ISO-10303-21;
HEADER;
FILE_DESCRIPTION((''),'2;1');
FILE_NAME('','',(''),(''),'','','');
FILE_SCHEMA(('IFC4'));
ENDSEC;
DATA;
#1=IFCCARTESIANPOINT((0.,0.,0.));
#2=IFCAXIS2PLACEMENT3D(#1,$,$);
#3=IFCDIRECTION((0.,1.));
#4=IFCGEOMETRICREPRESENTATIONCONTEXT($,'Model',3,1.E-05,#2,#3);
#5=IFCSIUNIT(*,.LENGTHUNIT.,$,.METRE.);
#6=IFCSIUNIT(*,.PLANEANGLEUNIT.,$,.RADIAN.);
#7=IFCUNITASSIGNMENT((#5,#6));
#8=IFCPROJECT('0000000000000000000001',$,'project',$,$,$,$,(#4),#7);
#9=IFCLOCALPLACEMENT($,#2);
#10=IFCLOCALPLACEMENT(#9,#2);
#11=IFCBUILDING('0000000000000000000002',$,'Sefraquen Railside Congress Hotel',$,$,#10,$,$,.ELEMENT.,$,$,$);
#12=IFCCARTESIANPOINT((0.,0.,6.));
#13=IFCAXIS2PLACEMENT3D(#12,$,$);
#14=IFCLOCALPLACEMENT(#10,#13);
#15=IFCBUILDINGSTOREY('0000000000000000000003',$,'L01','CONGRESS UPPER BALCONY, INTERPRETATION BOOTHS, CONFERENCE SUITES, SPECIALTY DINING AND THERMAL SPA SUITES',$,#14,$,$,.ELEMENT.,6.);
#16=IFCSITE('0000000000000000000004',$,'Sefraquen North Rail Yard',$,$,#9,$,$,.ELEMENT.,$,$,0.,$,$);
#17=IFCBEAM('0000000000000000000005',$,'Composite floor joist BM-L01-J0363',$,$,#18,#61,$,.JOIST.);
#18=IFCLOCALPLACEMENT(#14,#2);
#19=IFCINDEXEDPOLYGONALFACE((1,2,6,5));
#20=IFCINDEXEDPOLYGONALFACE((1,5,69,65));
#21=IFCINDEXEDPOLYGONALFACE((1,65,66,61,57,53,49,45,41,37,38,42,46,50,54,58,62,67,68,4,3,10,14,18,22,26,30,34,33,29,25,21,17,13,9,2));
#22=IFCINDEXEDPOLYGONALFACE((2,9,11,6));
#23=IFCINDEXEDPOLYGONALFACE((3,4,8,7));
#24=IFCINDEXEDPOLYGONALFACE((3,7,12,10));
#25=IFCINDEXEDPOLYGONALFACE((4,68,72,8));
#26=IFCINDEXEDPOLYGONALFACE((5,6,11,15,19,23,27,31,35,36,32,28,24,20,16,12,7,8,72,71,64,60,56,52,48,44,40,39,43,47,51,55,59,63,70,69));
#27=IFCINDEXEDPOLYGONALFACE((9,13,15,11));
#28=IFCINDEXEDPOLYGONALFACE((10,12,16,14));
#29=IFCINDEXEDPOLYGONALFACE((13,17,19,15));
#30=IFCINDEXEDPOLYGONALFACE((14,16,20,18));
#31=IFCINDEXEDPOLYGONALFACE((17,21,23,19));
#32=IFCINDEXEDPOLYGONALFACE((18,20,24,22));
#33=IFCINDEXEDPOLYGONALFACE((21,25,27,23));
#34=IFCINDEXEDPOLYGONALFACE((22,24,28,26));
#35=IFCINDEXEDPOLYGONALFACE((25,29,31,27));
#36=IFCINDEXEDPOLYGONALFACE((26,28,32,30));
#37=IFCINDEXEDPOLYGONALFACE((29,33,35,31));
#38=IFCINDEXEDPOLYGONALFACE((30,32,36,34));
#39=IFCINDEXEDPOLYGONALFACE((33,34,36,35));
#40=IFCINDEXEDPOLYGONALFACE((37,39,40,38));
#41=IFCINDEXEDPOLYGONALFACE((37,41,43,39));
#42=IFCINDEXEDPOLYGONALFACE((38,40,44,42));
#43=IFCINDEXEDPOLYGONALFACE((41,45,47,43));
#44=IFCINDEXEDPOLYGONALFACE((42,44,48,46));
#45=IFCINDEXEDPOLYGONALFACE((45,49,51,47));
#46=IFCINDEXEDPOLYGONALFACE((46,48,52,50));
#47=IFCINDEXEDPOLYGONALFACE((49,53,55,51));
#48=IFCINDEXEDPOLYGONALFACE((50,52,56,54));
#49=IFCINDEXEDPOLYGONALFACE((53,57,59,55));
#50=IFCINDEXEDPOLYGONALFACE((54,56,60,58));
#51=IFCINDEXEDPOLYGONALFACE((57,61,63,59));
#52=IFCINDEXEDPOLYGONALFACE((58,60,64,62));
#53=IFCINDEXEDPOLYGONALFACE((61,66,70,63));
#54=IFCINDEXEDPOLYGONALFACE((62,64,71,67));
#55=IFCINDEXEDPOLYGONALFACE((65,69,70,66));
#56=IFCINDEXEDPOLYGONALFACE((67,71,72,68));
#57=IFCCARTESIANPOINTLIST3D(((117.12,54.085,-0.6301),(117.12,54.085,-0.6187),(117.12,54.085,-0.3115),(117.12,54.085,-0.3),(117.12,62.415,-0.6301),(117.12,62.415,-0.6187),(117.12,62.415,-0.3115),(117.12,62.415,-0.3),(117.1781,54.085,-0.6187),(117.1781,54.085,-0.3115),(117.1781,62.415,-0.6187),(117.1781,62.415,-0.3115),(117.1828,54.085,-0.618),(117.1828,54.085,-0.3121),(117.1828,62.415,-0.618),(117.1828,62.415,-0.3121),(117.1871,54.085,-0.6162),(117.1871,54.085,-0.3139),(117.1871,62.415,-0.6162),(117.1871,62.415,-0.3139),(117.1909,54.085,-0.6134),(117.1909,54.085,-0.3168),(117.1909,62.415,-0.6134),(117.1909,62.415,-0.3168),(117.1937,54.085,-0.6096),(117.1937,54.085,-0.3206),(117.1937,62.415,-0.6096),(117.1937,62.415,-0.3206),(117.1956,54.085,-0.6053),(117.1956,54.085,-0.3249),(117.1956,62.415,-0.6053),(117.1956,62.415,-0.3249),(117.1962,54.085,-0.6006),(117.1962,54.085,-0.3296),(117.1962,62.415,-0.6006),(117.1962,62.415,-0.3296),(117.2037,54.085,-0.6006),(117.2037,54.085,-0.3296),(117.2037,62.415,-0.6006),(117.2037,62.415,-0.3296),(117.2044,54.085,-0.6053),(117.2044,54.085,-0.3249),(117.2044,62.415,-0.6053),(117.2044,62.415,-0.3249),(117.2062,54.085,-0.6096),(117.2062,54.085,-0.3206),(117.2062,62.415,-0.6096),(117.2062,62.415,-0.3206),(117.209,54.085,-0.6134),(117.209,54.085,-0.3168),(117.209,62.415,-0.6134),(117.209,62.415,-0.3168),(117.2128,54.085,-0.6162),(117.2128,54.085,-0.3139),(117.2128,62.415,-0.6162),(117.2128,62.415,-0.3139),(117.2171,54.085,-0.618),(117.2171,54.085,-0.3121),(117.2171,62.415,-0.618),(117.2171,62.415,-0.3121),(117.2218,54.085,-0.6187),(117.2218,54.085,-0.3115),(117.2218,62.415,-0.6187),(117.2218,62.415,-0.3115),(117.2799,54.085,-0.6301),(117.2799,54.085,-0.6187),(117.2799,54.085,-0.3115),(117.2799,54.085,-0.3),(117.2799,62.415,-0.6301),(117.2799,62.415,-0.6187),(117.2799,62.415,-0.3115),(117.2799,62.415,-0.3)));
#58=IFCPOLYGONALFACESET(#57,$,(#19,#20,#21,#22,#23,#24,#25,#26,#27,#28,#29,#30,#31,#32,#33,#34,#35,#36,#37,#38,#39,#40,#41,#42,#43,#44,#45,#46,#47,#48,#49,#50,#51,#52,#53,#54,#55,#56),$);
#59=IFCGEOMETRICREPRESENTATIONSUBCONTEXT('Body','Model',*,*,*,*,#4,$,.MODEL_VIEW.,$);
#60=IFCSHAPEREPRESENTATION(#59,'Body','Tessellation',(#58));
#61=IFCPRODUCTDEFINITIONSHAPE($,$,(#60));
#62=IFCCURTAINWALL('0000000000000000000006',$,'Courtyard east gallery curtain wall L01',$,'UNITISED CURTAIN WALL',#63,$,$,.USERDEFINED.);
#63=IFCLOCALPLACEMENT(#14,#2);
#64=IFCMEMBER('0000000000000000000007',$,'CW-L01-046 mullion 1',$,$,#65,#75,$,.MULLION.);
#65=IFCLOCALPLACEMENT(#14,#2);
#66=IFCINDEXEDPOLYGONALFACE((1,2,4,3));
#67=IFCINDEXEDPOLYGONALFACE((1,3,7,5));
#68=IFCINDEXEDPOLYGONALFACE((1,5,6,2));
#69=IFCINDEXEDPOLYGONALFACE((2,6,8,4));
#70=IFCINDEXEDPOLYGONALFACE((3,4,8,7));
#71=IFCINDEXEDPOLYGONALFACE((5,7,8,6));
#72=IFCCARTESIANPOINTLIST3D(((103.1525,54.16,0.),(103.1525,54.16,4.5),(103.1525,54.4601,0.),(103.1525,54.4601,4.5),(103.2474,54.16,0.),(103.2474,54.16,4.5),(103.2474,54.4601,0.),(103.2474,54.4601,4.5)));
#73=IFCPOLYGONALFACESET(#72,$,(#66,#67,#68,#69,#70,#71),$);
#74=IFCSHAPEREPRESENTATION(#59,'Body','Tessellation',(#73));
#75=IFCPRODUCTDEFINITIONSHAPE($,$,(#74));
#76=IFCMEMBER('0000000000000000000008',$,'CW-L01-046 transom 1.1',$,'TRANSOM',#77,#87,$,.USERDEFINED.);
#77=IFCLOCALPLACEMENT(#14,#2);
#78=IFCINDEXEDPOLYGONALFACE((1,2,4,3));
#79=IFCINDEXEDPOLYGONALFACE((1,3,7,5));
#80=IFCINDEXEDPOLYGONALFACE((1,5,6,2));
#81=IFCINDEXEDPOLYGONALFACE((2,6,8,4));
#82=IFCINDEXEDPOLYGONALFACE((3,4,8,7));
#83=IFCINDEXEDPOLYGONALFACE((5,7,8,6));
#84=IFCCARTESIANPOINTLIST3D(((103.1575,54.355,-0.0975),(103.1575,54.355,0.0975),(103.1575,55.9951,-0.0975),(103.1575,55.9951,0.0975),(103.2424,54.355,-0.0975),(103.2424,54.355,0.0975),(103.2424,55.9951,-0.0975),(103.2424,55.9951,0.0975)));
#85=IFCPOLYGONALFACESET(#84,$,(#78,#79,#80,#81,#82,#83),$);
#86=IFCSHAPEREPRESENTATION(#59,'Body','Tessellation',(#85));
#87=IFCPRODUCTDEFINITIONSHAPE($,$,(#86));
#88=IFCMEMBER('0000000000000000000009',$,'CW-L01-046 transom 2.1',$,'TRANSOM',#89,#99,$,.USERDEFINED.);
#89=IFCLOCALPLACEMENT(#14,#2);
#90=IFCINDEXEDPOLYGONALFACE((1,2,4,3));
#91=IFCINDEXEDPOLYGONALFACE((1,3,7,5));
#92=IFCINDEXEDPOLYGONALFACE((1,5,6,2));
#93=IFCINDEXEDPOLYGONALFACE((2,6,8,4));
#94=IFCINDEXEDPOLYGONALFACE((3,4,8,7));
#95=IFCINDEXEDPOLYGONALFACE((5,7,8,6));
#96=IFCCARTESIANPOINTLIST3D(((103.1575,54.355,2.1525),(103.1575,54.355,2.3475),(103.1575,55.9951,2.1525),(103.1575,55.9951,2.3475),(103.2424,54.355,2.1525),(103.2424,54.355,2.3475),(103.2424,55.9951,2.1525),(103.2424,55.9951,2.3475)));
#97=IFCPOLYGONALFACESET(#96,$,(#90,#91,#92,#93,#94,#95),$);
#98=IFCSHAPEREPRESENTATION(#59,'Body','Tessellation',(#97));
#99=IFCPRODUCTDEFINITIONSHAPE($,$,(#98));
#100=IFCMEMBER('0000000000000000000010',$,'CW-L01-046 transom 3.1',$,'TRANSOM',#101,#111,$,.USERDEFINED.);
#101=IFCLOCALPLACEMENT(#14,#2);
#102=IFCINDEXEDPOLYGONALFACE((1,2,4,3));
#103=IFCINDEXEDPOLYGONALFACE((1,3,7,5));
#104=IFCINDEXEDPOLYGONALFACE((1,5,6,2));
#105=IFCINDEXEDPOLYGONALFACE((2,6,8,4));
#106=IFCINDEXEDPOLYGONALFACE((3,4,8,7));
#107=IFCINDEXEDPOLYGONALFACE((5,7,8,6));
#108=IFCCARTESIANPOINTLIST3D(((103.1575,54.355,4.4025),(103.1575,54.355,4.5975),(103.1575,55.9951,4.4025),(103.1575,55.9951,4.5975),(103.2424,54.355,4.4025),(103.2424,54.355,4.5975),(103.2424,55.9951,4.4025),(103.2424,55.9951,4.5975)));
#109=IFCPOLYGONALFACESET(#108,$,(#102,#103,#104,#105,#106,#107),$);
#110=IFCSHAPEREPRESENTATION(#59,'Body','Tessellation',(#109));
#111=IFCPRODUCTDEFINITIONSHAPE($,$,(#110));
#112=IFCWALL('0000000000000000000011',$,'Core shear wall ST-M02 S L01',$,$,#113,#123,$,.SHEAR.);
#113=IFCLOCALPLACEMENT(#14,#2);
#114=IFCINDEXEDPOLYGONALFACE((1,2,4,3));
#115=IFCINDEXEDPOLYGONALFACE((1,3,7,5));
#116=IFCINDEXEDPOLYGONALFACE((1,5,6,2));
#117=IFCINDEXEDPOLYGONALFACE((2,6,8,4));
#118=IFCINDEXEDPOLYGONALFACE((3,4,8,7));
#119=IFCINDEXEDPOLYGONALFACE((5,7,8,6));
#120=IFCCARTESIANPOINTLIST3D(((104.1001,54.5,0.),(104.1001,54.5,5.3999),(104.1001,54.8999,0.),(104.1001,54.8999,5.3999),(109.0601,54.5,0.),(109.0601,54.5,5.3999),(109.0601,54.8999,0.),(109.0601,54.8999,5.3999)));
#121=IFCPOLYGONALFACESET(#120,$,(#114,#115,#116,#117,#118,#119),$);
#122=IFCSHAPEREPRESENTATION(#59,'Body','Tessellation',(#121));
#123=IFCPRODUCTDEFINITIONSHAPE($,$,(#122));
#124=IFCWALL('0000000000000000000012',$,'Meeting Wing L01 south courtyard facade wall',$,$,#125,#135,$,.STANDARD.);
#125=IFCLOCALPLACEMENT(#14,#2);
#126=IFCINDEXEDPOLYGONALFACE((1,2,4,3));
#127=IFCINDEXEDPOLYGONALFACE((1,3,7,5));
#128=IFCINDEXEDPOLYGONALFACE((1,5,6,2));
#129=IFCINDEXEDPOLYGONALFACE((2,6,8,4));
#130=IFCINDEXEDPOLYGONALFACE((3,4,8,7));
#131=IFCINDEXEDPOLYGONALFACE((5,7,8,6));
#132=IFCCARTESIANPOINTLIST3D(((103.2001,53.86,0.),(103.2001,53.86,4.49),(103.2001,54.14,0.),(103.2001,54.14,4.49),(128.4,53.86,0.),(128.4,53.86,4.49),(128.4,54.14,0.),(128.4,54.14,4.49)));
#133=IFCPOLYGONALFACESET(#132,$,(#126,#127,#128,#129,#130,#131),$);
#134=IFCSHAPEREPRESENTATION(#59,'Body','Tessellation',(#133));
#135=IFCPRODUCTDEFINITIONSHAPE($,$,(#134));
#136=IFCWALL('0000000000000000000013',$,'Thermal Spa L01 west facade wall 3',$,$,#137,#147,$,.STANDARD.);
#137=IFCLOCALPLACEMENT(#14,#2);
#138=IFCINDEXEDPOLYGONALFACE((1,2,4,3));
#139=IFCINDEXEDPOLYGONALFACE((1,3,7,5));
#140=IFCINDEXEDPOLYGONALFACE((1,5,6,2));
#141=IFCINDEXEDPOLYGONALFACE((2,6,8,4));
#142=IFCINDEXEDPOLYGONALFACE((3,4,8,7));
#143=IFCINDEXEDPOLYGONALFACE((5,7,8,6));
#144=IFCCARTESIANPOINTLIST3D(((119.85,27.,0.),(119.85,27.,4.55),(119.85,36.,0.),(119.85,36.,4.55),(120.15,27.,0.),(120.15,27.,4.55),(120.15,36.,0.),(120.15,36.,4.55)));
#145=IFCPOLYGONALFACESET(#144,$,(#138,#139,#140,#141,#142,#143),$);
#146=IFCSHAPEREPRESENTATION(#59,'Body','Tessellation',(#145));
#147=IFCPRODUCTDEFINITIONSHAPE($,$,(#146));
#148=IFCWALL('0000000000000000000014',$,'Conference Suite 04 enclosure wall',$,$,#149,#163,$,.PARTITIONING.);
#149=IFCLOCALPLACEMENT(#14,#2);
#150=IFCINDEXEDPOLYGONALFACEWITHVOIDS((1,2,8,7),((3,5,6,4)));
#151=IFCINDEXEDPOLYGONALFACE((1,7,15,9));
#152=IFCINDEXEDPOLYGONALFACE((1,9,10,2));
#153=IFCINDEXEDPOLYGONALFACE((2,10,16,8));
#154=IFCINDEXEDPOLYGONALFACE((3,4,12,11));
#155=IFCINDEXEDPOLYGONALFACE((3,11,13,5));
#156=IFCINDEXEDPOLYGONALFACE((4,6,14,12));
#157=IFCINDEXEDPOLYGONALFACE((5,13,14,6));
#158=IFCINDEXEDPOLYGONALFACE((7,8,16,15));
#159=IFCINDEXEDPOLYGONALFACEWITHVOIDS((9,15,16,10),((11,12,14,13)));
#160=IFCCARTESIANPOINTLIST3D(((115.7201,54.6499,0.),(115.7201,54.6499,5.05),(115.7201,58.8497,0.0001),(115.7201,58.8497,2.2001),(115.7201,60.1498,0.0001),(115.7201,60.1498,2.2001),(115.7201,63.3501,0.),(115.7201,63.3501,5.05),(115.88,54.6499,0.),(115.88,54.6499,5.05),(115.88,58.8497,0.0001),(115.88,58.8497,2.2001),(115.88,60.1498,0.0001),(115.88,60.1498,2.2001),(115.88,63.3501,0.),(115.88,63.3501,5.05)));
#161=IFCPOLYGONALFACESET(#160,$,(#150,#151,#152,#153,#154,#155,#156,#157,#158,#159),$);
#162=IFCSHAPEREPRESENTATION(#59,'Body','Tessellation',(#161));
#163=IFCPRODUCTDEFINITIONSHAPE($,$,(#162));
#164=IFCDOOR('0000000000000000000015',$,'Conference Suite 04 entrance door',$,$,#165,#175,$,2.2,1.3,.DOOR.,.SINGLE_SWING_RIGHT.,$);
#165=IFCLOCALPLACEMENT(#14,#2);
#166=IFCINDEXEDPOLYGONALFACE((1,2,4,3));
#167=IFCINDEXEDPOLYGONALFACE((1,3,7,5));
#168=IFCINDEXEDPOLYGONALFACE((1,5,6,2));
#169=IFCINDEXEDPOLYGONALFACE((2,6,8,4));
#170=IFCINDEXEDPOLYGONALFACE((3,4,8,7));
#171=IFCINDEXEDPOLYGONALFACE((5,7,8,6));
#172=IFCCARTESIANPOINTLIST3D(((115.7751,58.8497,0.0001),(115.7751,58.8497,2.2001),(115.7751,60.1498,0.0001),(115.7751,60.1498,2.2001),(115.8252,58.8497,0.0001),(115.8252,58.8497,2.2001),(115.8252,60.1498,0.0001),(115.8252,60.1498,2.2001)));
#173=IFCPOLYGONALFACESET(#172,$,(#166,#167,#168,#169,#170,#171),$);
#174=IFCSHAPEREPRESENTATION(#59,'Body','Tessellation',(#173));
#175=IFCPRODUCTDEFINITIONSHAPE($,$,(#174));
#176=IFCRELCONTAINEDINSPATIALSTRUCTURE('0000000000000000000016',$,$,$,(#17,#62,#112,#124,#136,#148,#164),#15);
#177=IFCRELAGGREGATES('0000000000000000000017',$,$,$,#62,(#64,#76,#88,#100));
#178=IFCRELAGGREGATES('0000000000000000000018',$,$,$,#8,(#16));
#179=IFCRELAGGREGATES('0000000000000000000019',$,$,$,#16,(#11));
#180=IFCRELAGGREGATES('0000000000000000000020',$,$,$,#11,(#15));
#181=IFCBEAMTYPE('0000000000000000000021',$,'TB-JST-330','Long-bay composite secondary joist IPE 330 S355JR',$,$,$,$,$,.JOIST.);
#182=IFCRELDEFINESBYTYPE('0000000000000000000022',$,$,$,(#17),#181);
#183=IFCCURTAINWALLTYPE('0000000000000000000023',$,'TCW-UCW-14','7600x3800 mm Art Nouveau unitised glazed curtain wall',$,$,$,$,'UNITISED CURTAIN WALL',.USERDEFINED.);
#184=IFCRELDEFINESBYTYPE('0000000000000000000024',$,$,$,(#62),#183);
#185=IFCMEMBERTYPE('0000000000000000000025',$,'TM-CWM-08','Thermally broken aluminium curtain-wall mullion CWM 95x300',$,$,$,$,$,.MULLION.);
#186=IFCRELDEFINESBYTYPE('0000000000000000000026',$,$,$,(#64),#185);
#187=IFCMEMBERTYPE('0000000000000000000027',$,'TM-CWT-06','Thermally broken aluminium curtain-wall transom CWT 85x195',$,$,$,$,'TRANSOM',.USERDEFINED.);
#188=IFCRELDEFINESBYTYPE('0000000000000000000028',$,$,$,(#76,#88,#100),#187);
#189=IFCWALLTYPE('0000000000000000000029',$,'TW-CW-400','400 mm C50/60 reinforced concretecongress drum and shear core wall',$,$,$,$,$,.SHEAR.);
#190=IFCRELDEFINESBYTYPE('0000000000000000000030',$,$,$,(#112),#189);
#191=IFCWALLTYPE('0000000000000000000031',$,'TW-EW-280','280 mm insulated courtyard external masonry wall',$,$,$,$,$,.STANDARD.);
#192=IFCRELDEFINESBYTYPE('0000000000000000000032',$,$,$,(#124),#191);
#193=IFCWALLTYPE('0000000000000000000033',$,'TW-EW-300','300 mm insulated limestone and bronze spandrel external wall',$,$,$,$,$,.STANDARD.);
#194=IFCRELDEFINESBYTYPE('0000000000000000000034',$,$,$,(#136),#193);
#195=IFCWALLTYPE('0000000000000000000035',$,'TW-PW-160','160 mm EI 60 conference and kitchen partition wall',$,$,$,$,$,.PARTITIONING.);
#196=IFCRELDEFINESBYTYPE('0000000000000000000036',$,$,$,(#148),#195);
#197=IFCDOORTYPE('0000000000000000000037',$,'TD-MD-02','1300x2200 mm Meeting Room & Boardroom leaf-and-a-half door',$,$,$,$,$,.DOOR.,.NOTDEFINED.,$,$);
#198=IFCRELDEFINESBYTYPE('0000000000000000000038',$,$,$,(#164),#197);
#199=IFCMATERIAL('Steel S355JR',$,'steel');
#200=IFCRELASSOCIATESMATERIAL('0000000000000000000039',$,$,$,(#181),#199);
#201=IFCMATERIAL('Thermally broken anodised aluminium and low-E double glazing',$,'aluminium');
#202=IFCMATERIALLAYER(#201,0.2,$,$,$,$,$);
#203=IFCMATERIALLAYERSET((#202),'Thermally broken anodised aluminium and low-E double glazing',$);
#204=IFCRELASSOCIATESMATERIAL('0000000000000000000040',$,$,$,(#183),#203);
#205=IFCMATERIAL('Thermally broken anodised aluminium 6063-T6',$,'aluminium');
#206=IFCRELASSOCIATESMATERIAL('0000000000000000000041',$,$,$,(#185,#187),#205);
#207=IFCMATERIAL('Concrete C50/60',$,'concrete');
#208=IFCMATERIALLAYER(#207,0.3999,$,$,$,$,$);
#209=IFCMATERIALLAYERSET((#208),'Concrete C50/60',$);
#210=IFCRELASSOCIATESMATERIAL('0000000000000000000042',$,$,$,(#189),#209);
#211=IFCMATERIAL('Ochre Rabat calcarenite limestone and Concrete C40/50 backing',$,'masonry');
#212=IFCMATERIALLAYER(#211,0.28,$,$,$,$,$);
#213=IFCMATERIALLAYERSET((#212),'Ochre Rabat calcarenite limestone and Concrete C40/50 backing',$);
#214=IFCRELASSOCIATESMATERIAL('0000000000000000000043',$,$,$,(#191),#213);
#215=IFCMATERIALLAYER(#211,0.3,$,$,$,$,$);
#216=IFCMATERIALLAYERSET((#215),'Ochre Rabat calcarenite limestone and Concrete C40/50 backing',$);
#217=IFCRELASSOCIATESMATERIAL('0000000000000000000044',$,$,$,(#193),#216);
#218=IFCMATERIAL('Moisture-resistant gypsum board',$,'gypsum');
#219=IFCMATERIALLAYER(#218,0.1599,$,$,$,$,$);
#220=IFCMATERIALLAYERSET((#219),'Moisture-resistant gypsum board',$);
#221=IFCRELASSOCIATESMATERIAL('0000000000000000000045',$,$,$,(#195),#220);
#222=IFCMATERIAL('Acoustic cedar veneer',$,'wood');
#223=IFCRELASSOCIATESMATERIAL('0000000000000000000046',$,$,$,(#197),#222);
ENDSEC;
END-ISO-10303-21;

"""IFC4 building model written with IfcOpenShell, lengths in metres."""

from ifc_helpers import new_model, si_unit, direction, frame, frame_2d, origin, origin_2d, place, context, subcontext, project, spatial, rectangle, i_section, extrude, material, layer, layer_set, material_profile, profile_set, type_object, element, fill, aggregate, save


model = new_model("IFC4")

# Units and contexts
model_context = context("Model", 3, precision=1e-05, world=origin(), true_north=direction((0.0, 1.0)))
body_context = subcontext(model_context, "Body", "Model", "MODEL_VIEW")
ifc_project = project(units=[si_unit("LENGTHUNIT", "METRE"), si_unit("PLANEANGLEUNIT", "RADIAN")], contexts=[model_context])

# Site, building, storey
site_placement = place(None, origin())
site = spatial("IfcSite", under=ifc_project, at=site_placement, Name="Sefraquen North Rail Yard", CompositionType="ELEMENT", RefElevation=0.0)
building_placement = place(site_placement, origin())
building = spatial("IfcBuilding", under=site, at=building_placement, Name="Sefraquen Railside Congress Hotel", CompositionType="ELEMENT")
storey_placement = place(building_placement, frame((0.0, 0.0, 6.0)))
storey = spatial("IfcBuildingStorey", under=building, at=storey_placement, Name="L01", Description="CONGRESS UPPER BALCONY, INTERPRETATION BOOTHS, CONFERENCE SUITES, SPECIALTY DINING AND THERMAL SPA SUITES", CompositionType="ELEMENT", Elevation=6.0)

# Shared definitions
ifc_material_1 = material(Name="Steel S355JR", Category="steel")

# Beam
ifc_material_profile_1 = material_profile(ifc_material_1, i_section(OverallWidth=0.1599, OverallDepth=0.3301, WebThickness=0.0076, FlangeThickness=0.0115, FilletRadius=0.0181, at=origin_2d()), Name="IPE 330")
ifc_profile_set_1 = profile_set([ifc_material_profile_1], Name="Steel S355JR")
beam_type_1 = type_object("IfcBeamType", Name="TB-JST-330", Description="Long-bay composite secondary joist IPE 330 S355JR", PredefinedType="JOIST", material=ifc_profile_set_1)
for number, where, z_axis, x_axis, name in (
    (1, (117.2, 54.085, -0.4651), (0.0, 1.0, 0.0), (-1.0, 0.0, 0.0), "Composite floor joist BM-L01-J0363"),
):
    element("IfcBeam", number, at=place(storey_placement, frame(where, z_axis=z_axis, x_axis=x_axis)), inside=storey, type_object=beam_type_1, Name=name, PredefinedType="JOIST", context=body_context, shape_type="SweptSolid", body=[
        extrude(i_section(OverallWidth=0.1599, OverallDepth=0.3301, WebThickness=0.0076, FlangeThickness=0.0115, FilletRadius=0.0181, at=origin_2d()), origin(), (0.0, 0.0, 1.0), 8.3301),
    ])

# Curtain wall, members
ifc_material_2 = material(Name="Thermally broken anodised aluminium and low-E double glazing", Category="aluminium")
ifc_layer_1 = layer(ifc_material_2, 0.2)
ifc_layer_set_1 = layer_set([ifc_layer_1], Name="Thermally broken anodised aluminium and low-E double glazing")
curtain_wall_type = type_object("IfcCurtainWallType", Name="TCW-UCW-14", Description="7600x3800 mm Art Nouveau unitised glazed curtain wall", ElementType="UNITISED CURTAIN WALL", PredefinedType="USERDEFINED", material=ifc_layer_set_1)
curtain_wall_placement = place(storey_placement, origin())
curtain_wall = element("IfcCurtainWall", 2, at=curtain_wall_placement, inside=storey, type_object=curtain_wall_type, Name="Courtyard east gallery curtain wall L01", ObjectType="UNITISED CURTAIN WALL", PredefinedType="USERDEFINED")
ifc_material_3 = material(Name="Thermally broken anodised aluminium 6063-T6", Category="aluminium")
ifc_material_profile_2 = material_profile(ifc_material_3, rectangle(XDim=0.095, YDim=0.3, at=origin_2d()), Name="CWM 95x300")
ifc_profile_set_2 = profile_set([ifc_material_profile_2], Name="Thermally broken anodised aluminium 6063-T6")
member_type_1 = type_object("IfcMemberType", Name="TM-CWM-08", Description="Thermally broken aluminium curtain-wall mullion CWM 95x300", PredefinedType="MULLION", material=ifc_profile_set_2)
member_1_placement = place(storey_placement, frame((103.2, 54.3101, 0.0), z_axis=(0.0, 0.0, 1.0), x_axis=(1.0, 0.0, 0.0)))
member_1 = element("IfcMember", 3, at=member_1_placement, type_object=member_type_1, Name="CW-L01-046 mullion 1", PredefinedType="MULLION", context=body_context, shape_type="SweptSolid", body=[
    extrude(rectangle(XDim=0.095, YDim=0.3, at=origin_2d()), origin(), (0.0, 0.0, 1.0), 4.5),
])
ifc_material_profile_3 = material_profile(ifc_material_3, rectangle(XDim=0.085, YDim=0.1951, at=origin_2d()), Name="CWT 85x195")
ifc_profile_set_3 = profile_set([ifc_material_profile_3], Name="Thermally broken anodised aluminium 6063-T6")
member_type_2 = type_object("IfcMemberType", Name="TM-CWT-06", Description="Thermally broken aluminium curtain-wall transom CWT 85x195", ElementType="TRANSOM", PredefinedType="USERDEFINED", material=ifc_profile_set_3)
member_2_placement = place(storey_placement, frame((103.2, 54.355, 0.0), z_axis=(0.0, 1.0, 0.0), x_axis=(-1.0, 0.0, 0.0)))
member_2 = element("IfcMember", 4, at=member_2_placement, type_object=member_type_2, Name="CW-L01-046 transom 1.1", ObjectType="TRANSOM", PredefinedType="USERDEFINED", context=body_context, shape_type="SweptSolid", body=[
    extrude(rectangle(XDim=0.085, YDim=0.1951, at=origin_2d()), origin(), (0.0, 0.0, 1.0), 1.6401),
])
member_3_placement = place(storey_placement, frame((103.2, 54.355, 2.25), z_axis=(0.0, 1.0, 0.0), x_axis=(-1.0, 0.0, 0.0)))
member_3 = element("IfcMember", 5, at=member_3_placement, type_object=member_type_2, Name="CW-L01-046 transom 2.1", ObjectType="TRANSOM", PredefinedType="USERDEFINED", context=body_context, shape_type="SweptSolid", body=[
    extrude(rectangle(XDim=0.085, YDim=0.1951, at=origin_2d()), origin(), (0.0, 0.0, 1.0), 1.6401),
])
member_4_placement = place(storey_placement, frame((103.2, 54.355, 4.5), z_axis=(0.0, 1.0, 0.0), x_axis=(-1.0, 0.0, 0.0)))
member_4 = element("IfcMember", 6, at=member_4_placement, type_object=member_type_2, Name="CW-L01-046 transom 3.1", ObjectType="TRANSOM", PredefinedType="USERDEFINED", context=body_context, shape_type="SweptSolid", body=[
    extrude(rectangle(XDim=0.085, YDim=0.1951, at=origin_2d()), origin(), (0.0, 0.0, 1.0), 1.6401),
])
aggregate(curtain_wall, [member_1, member_2, member_3, member_4])

# Walls
ifc_material_4 = material(Name="Concrete C50/60", Category="concrete")
ifc_layer_2 = layer(ifc_material_4, 0.3999)
ifc_layer_set_2 = layer_set([ifc_layer_2], Name="Concrete C50/60")
wall_type_1 = type_object("IfcWallType", Name="TW-CW-400", Description="400 mm C50/60 reinforced concretecongress drum and shear core wall", PredefinedType="SHEAR", material=ifc_layer_set_2)
wall_1_placement = place(storey_placement, frame((104.1001, 54.7, 0.0), z_axis=(0.0, 0.0, 1.0), x_axis=(1.0, 0.0, 0.0)))
element("IfcWall", 7, at=wall_1_placement, inside=storey, type_object=wall_type_1, Name="Core shear wall ST-M02 S L01", PredefinedType="SHEAR", context=body_context, shape_type="SweptSolid", body=[
    extrude(rectangle(XDim=4.96, YDim=0.3999, at=frame_2d((2.48, 0.0))), origin(), (0.0, 0.0, 1.0), 5.3999),
])
ifc_material_5 = material(Name="Ochre Rabat calcarenite limestone and Concrete C40/50 backing", Category="masonry")
ifc_layer_3 = layer(ifc_material_5, 0.28)
ifc_layer_set_3 = layer_set([ifc_layer_3], Name="Ochre Rabat calcarenite limestone and Concrete C40/50 backing")
wall_type_2 = type_object("IfcWallType", Name="TW-EW-280", Description="280 mm insulated courtyard external masonry wall", PredefinedType="STANDARD", material=ifc_layer_set_3)
wall_2_placement = place(storey_placement, frame((103.2, 54.0, 0.0), z_axis=(0.0, 0.0, 1.0), x_axis=(1.0, 0.0, 0.0)))
element("IfcWall", 8, at=wall_2_placement, inside=storey, type_object=wall_type_2, Name="Meeting Wing L01 south courtyard facade wall", PredefinedType="STANDARD", context=body_context, shape_type="SweptSolid", body=[
    extrude(rectangle(XDim=25.2, YDim=0.28, at=frame_2d((12.6001, 0.0))), origin(), (0.0, 0.0, 1.0), 4.49),
])
ifc_layer_4 = layer(ifc_material_5, 0.3)
ifc_layer_set_4 = layer_set([ifc_layer_4], Name="Ochre Rabat calcarenite limestone and Concrete C40/50 backing")
wall_type_3 = type_object("IfcWallType", Name="TW-EW-300", Description="300 mm insulated limestone and bronze spandrel external wall", PredefinedType="STANDARD", material=ifc_layer_set_4)
wall_3_placement = place(storey_placement, frame((120.0, 27.0, 0.0), z_axis=(0.0, 0.0, 1.0), x_axis=(0.0, 1.0, 0.0)))
element("IfcWall", 9, at=wall_3_placement, inside=storey, type_object=wall_type_3, Name="Thermal Spa L01 west facade wall 3", PredefinedType="STANDARD", context=body_context, shape_type="SweptSolid", body=[
    extrude(rectangle(XDim=9.0, YDim=0.3, at=frame_2d((4.5, 0.0))), origin(), (0.0, 0.0, 1.0), 4.55),
])

# Wall, opening, door
ifc_material_6 = material(Name="Moisture-resistant gypsum board", Category="gypsum")
ifc_layer_5 = layer(ifc_material_6, 0.1599)
ifc_layer_set_5 = layer_set([ifc_layer_5], Name="Moisture-resistant gypsum board")
wall_type_4 = type_object("IfcWallType", Name="TW-PW-160", Description="160 mm EI 60 conference and kitchen partition wall", PredefinedType="PARTITIONING", material=ifc_layer_set_5)
wall_4_placement = place(storey_placement, frame((115.8, 54.6499, 0.0), z_axis=(0.0, 0.0, 1.0), x_axis=(0.0, 1.0, 0.0)))
wall_4 = element("IfcWall", 10, at=wall_4_placement, inside=storey, type_object=wall_type_4, Name="Conference Suite 04 enclosure wall", PredefinedType="PARTITIONING", context=body_context, shape_type="SweptSolid", body=[
    extrude(rectangle(XDim=8.7002, YDim=0.1599, at=frame_2d((4.3501, 0.0))), origin(), (0.0, 0.0, 1.0), 5.05),
])
opening_placement = place(wall_4_placement, frame((4.2, 0.0, 0.0)))
opening = element("IfcOpeningElement", 11, at=opening_placement, cuts=wall_4, PredefinedType="OPENING", context=body_context, shape_type="SweptSolid", body=[
    extrude(rectangle(XDim=1.3, YDim=2.2, at=frame_2d((0.6499, 1.1001))), frame((0.0, 0.0898, 0.0), z_axis=(0.0, -1.0, 0.0), x_axis=(1.0, 0.0, 0.0)), (0.0, 0.0, 1.0), 0.1799),
])
ifc_material_7 = material(Name="Acoustic cedar veneer", Category="wood")
door_type = type_object("IfcDoorType", Name="TD-MD-02", Description="1300x2200 mm Meeting Room & Boardroom leaf-and-a-half door", OperationType="NOTDEFINED", PredefinedType="DOOR", material=ifc_material_7)
door_placement = place(opening_placement, origin())
door = element("IfcDoor", 12, at=door_placement, inside=storey, type_object=door_type, Name="Conference Suite 04 entrance door", OperationType="SINGLE_SWING_RIGHT", OverallHeight=2.2, OverallWidth=1.3, PredefinedType="DOOR", context=body_context, shape_type="SweptSolid", body=[
    extrude(rectangle(XDim=1.3, YDim=2.2, at=frame_2d((0.6499, 1.1001))), frame((0.0, 0.0249, 0.0), z_axis=(0.0, -1.0, 0.0), x_axis=(1.0, 0.0, 0.0)), (0.0, 0.0, 1.0), 0.05),
])
fill(opening, door)

save(model, "model.ifc")
